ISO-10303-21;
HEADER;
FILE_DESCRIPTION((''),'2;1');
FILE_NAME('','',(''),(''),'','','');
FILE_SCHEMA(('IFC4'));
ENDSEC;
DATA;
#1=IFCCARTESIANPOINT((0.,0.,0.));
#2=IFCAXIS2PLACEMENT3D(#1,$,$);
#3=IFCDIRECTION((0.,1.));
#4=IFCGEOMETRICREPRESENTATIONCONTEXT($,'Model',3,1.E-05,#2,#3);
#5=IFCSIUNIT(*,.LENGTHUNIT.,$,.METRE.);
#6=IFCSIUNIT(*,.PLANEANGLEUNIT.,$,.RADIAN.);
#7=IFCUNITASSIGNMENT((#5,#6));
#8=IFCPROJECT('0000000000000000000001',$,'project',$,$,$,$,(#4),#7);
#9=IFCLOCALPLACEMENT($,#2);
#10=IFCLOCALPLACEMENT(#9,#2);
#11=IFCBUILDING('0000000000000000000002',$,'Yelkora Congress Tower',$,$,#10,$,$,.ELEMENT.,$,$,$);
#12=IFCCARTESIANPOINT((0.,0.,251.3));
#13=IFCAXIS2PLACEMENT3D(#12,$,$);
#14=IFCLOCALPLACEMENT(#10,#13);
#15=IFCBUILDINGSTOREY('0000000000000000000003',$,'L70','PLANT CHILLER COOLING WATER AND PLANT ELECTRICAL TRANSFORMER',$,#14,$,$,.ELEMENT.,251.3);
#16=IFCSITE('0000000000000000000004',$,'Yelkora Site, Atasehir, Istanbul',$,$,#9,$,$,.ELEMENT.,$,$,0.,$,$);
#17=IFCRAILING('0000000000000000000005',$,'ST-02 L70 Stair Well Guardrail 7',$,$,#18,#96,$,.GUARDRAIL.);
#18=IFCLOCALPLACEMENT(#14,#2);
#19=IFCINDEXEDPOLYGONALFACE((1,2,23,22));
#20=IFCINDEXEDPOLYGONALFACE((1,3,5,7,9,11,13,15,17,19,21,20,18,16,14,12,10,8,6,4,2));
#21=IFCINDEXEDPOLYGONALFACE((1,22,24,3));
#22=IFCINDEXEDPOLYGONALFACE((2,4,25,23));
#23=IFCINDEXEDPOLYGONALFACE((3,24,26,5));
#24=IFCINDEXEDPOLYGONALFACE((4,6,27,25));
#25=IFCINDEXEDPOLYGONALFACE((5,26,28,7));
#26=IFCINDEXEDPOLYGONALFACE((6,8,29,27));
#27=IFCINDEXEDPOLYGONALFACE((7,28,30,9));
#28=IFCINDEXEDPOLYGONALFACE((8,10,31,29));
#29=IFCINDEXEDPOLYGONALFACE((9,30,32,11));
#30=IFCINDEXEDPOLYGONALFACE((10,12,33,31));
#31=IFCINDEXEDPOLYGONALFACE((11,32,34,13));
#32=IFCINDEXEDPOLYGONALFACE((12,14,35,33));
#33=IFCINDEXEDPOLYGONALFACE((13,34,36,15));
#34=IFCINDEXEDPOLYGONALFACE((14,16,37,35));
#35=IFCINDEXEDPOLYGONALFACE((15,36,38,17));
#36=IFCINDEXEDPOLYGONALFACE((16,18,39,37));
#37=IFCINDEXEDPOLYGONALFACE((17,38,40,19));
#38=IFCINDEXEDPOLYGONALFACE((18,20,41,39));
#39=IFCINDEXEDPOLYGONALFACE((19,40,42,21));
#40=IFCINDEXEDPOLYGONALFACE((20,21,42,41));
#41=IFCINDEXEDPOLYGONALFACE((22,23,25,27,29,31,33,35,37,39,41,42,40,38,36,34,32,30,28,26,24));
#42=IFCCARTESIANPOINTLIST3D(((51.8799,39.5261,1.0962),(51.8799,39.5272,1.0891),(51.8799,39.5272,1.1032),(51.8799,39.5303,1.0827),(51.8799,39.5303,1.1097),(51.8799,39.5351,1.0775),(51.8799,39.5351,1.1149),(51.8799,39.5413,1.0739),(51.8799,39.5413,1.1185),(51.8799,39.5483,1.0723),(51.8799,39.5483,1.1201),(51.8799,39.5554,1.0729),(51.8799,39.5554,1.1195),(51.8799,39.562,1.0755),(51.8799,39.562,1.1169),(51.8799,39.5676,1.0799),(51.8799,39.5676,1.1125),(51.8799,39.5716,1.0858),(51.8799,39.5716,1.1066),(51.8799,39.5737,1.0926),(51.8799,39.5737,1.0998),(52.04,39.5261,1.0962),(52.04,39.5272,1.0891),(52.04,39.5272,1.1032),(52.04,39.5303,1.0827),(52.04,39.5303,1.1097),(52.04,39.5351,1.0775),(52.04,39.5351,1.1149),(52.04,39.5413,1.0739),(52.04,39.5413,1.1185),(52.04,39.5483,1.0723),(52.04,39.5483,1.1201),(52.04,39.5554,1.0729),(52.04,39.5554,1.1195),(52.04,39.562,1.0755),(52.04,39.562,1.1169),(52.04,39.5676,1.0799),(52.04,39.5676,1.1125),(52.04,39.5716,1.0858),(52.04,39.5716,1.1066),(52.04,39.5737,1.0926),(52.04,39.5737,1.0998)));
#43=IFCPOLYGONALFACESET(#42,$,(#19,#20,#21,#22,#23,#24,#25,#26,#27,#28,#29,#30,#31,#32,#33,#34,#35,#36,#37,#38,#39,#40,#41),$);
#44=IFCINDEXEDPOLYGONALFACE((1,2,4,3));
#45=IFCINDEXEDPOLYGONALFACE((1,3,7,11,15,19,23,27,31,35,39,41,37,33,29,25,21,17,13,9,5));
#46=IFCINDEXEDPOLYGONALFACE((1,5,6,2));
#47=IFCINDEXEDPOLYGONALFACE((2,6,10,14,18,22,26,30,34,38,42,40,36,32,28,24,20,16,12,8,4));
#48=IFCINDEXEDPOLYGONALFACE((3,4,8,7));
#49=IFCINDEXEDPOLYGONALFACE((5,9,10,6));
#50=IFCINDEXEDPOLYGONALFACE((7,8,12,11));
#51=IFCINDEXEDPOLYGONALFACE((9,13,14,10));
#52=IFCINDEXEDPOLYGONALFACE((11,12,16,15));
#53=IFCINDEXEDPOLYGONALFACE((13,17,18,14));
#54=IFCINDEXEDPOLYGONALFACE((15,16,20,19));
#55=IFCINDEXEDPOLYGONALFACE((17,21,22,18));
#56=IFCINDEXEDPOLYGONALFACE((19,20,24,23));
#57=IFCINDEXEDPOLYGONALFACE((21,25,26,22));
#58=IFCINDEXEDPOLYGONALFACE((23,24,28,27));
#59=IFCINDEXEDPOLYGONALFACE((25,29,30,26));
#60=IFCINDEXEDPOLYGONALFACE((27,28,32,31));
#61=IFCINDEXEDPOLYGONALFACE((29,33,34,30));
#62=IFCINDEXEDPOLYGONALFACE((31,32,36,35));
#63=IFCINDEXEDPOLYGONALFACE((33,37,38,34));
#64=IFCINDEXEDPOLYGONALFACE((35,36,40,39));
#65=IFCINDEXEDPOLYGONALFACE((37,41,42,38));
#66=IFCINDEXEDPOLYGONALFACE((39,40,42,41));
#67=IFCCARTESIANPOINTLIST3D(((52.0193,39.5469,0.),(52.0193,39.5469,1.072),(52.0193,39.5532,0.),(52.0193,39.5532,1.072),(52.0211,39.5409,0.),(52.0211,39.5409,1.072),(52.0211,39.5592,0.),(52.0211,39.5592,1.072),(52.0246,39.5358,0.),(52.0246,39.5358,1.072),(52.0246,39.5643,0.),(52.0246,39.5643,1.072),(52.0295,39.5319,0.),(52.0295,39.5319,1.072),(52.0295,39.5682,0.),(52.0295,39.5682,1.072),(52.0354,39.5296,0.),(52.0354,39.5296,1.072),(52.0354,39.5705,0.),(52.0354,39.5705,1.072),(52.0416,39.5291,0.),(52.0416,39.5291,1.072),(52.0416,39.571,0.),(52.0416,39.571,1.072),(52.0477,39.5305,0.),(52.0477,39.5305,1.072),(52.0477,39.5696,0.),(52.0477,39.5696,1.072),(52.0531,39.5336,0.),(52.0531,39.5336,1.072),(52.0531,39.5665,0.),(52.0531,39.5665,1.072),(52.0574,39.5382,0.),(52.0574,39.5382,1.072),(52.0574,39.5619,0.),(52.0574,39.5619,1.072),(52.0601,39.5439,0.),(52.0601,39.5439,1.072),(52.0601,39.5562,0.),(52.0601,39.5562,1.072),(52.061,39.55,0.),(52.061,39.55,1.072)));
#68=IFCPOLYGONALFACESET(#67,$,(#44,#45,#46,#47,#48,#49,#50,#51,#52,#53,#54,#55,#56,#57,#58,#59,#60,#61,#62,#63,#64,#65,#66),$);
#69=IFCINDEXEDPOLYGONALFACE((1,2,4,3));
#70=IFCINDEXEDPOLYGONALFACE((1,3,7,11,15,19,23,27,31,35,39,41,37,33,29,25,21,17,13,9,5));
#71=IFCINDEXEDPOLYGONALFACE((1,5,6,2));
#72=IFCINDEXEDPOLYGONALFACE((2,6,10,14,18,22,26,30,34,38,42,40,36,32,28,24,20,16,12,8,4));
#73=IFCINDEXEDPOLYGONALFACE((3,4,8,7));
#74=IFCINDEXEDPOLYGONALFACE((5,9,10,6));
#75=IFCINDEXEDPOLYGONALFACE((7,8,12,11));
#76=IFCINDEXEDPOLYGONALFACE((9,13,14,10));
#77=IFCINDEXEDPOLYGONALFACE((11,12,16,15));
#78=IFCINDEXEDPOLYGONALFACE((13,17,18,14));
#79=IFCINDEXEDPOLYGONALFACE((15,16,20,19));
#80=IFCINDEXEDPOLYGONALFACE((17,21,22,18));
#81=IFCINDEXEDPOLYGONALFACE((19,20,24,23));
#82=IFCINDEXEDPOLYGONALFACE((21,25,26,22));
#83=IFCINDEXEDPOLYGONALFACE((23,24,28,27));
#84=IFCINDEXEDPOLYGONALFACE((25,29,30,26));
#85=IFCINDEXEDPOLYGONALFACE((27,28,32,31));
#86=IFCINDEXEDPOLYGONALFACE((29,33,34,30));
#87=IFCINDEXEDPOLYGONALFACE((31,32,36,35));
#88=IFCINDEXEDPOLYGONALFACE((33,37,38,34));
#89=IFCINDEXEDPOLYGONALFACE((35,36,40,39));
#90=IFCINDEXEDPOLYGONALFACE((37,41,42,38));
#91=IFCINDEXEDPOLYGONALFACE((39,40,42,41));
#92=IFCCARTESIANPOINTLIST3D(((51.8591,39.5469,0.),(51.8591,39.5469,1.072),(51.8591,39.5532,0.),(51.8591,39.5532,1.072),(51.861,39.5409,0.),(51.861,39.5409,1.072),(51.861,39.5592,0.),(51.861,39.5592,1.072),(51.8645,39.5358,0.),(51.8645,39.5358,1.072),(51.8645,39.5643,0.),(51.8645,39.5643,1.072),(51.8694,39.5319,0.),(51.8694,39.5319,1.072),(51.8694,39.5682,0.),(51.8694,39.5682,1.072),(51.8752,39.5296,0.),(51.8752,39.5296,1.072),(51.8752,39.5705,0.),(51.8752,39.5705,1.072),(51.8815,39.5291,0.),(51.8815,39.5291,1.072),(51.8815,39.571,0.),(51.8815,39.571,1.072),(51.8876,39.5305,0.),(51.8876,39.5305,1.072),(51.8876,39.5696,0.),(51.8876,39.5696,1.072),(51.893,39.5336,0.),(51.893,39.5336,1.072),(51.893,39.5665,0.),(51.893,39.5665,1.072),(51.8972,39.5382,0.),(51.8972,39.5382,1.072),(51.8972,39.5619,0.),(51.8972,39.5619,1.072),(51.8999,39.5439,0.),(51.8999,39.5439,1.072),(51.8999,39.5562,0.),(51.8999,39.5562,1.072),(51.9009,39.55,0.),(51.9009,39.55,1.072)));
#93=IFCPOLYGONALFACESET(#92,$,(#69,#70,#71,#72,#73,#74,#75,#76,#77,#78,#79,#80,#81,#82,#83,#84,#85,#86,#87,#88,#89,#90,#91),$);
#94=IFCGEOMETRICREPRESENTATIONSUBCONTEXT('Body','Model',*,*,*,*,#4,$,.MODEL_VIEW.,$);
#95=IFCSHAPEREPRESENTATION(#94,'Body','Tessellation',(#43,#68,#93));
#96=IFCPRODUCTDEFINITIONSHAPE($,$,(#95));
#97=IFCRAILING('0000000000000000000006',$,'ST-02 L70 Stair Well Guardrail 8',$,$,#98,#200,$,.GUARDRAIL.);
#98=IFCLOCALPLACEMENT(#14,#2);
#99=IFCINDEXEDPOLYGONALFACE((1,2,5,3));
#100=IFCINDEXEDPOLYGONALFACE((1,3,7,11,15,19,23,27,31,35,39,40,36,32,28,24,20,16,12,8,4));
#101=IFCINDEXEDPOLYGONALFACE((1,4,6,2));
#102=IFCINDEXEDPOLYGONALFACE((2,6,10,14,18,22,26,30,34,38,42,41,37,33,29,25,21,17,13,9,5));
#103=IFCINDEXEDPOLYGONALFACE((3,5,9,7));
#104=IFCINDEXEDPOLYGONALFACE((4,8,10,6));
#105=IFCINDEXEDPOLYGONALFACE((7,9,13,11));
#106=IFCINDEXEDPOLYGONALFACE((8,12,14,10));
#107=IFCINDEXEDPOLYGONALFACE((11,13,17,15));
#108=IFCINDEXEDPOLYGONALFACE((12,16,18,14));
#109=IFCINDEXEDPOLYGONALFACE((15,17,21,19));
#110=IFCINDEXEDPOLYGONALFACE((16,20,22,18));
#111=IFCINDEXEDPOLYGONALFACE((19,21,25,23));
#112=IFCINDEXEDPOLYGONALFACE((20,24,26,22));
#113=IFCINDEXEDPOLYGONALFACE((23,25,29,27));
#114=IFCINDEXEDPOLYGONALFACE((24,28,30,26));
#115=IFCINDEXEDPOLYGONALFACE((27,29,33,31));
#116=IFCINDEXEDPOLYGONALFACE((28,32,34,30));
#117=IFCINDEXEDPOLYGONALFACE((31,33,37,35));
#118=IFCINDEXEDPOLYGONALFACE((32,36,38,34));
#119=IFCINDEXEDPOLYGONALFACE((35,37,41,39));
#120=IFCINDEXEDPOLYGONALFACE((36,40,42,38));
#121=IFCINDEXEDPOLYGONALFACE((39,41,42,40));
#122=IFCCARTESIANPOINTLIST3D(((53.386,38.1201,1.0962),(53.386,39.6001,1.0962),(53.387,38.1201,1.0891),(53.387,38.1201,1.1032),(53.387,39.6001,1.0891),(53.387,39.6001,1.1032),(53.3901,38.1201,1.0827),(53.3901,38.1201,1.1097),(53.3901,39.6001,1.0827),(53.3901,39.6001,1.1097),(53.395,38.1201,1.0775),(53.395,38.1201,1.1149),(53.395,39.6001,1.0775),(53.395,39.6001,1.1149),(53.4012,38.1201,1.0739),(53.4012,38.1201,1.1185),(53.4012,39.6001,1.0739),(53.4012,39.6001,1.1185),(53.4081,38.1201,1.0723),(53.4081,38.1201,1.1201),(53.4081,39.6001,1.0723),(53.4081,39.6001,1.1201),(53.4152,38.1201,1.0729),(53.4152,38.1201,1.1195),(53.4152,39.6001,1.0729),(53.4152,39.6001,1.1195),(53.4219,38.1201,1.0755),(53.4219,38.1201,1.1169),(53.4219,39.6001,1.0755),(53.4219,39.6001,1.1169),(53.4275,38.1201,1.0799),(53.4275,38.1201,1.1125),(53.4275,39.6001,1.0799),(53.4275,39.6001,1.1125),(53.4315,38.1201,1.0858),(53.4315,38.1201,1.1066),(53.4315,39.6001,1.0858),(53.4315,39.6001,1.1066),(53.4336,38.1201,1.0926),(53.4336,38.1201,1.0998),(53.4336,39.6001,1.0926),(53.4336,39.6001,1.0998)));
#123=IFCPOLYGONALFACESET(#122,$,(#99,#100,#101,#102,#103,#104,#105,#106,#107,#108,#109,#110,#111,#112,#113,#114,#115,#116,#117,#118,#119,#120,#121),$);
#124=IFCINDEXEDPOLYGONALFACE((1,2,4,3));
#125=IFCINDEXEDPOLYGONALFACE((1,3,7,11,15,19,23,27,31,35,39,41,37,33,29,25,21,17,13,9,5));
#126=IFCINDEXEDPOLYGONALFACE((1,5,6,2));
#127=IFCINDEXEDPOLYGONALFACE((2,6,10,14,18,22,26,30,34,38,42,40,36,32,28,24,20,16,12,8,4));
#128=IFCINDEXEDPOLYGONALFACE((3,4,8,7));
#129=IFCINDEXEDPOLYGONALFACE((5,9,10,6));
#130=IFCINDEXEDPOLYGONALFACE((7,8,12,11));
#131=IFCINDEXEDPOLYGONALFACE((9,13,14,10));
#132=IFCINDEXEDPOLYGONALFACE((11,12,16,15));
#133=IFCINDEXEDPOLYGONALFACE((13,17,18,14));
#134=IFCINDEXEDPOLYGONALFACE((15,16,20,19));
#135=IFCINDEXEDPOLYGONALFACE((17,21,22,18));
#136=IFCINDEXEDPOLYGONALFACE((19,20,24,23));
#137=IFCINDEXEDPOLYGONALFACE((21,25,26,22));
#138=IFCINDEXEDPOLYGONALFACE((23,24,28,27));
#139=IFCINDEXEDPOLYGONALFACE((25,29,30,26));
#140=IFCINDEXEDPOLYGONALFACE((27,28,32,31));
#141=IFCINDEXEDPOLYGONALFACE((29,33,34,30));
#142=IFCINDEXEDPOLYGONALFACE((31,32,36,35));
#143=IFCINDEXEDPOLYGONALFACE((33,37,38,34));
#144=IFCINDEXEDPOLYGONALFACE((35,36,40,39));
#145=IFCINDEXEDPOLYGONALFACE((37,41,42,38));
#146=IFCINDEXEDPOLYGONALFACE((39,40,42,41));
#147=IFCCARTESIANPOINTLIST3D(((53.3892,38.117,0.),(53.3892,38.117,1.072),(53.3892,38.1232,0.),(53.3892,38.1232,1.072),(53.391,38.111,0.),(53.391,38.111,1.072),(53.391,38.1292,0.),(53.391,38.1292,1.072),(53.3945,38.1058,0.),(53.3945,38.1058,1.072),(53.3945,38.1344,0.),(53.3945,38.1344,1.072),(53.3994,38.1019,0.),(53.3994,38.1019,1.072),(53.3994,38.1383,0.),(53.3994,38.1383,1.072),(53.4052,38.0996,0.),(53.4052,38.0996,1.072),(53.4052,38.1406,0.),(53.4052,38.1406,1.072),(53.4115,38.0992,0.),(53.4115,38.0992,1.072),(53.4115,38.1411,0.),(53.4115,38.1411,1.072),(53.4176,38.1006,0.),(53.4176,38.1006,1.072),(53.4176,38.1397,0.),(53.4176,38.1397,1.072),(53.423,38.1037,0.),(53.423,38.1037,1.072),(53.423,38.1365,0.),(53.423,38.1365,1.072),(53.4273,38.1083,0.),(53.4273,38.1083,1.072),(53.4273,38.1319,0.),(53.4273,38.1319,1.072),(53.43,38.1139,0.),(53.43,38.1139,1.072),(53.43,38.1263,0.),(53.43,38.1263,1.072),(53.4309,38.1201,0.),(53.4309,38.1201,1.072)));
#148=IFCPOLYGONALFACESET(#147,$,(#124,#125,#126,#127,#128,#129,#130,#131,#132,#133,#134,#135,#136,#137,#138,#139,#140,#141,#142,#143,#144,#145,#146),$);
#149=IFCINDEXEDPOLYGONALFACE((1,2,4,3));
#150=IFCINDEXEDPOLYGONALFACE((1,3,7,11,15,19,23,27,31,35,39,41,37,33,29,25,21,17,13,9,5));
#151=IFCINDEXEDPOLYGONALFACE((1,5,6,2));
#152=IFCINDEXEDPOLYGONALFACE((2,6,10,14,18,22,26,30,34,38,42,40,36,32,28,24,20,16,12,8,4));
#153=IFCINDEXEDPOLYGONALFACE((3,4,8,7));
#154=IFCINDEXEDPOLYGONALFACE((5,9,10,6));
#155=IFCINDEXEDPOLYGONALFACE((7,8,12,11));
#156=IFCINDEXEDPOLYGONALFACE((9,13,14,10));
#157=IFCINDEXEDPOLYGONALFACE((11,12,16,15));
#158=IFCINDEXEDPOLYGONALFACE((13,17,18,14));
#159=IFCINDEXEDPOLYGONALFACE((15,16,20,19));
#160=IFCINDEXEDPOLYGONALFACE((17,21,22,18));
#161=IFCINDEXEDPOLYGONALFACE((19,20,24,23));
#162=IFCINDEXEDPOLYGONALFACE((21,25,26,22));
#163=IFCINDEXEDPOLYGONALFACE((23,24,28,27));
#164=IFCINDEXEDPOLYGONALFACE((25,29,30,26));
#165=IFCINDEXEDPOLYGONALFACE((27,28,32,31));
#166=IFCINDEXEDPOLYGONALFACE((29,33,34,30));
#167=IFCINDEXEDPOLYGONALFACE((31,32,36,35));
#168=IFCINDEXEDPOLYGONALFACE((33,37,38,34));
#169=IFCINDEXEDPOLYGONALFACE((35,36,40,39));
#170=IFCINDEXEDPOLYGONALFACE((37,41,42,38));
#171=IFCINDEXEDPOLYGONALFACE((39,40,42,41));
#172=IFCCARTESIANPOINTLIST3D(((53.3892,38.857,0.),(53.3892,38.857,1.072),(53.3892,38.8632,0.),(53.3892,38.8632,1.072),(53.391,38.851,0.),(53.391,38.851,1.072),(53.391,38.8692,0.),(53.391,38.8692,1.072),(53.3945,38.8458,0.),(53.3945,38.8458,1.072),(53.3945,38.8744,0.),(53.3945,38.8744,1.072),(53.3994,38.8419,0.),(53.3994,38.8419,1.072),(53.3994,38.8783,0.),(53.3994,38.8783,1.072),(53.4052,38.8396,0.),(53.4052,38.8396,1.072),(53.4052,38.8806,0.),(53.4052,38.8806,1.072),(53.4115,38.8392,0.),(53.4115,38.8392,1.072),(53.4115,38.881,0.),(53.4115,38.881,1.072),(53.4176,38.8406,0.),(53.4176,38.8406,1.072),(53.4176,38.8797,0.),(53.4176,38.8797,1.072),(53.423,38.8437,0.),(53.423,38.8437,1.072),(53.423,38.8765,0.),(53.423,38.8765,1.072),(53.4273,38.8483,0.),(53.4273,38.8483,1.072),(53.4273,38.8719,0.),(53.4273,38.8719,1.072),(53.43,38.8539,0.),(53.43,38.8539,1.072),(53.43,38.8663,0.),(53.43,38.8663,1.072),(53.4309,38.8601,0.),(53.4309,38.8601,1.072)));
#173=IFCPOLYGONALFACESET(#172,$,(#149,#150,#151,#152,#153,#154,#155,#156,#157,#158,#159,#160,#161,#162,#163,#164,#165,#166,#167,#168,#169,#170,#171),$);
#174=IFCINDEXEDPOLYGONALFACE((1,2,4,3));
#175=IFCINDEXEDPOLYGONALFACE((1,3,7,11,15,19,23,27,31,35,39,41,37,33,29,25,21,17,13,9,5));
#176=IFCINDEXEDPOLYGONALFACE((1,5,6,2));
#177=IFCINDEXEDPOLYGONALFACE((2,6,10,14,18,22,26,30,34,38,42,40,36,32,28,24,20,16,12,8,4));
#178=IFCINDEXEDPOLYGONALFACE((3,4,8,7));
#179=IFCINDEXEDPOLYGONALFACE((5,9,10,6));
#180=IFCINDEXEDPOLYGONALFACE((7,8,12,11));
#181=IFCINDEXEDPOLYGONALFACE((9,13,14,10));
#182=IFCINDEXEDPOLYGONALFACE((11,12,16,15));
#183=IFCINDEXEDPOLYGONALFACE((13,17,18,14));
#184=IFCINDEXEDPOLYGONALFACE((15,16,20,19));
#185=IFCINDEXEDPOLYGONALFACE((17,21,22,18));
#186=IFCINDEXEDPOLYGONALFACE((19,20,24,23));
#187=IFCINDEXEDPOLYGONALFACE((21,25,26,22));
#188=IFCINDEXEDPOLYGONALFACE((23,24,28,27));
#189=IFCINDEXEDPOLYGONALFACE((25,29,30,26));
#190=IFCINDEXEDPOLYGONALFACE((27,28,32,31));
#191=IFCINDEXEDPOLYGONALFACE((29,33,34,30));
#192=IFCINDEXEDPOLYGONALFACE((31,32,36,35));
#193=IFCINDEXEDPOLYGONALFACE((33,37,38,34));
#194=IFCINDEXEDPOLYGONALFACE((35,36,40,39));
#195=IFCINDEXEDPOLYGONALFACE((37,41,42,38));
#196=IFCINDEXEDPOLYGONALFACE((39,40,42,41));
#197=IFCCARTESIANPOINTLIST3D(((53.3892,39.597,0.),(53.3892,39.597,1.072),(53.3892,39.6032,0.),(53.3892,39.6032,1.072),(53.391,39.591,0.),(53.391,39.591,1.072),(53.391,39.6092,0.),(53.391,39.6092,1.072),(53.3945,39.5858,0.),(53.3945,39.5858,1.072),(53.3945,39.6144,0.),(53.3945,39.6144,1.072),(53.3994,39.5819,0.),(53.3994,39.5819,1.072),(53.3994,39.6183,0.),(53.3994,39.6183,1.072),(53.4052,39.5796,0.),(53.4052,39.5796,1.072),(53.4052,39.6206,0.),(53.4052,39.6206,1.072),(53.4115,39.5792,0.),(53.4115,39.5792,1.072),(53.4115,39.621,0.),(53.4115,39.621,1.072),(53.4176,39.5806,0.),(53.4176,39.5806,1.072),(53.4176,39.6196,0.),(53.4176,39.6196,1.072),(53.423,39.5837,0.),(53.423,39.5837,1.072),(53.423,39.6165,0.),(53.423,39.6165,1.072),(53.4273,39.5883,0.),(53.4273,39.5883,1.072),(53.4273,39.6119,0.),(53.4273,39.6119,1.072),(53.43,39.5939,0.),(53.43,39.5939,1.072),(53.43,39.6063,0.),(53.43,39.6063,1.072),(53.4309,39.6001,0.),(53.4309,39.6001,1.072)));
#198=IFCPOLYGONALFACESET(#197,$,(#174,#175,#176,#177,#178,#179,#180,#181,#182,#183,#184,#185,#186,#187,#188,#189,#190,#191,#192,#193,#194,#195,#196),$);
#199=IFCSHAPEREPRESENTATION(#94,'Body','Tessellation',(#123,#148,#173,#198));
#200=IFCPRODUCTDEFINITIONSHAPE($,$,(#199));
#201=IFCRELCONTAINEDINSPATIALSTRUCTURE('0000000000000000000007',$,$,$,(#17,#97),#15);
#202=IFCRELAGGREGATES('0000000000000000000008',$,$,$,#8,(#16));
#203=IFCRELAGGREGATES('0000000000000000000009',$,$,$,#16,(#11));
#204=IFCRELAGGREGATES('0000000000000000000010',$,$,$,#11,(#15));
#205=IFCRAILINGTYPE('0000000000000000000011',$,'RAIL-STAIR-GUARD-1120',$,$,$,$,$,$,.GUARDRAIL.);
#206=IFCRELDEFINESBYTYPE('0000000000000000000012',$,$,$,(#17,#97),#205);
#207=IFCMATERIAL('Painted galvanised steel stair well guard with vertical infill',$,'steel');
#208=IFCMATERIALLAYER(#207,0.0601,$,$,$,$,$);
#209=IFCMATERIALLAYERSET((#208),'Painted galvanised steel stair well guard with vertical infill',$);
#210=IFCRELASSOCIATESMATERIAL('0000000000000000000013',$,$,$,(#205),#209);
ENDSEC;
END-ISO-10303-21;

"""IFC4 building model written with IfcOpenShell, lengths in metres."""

from ifc_helpers import new_model, si_unit, direction, frame, origin, origin_2d, place, context, subcontext, project, spatial, circle, extrude, material, layer, layer_set, type_object, element, save


model = new_model("IFC4")

# Units and contexts
model_context = context("Model", 3, precision=1e-05, world=origin(), true_north=direction((0.0, 1.0)))
body_context = subcontext(model_context, "Body", "Model", "MODEL_VIEW")
ifc_project = project(units=[si_unit("LENGTHUNIT", "METRE"), si_unit("PLANEANGLEUNIT", "RADIAN")], contexts=[model_context])

# Site, building, storey
site_placement = place(None, origin())
site = spatial("IfcSite", under=ifc_project, at=site_placement, Name="Yelkora Site, Atasehir, Istanbul", CompositionType="ELEMENT", RefElevation=0.0)
building_placement = place(site_placement, origin())
building = spatial("IfcBuilding", under=site, at=building_placement, Name="Yelkora Congress Tower", CompositionType="ELEMENT")
storey_placement = place(building_placement, frame((0.0, 0.0, 251.3)))
storey = spatial("IfcBuildingStorey", under=building, at=storey_placement, Name="L70", Description="PLANT CHILLER COOLING WATER AND PLANT ELECTRICAL TRANSFORMER", CompositionType="ELEMENT", Elevation=251.3)

# Railings
ifc_material_1 = material(Name="Painted galvanised steel stair well guard with vertical infill", Category="steel")
ifc_layer_1 = layer(ifc_material_1, 0.0601)
ifc_layer_set_1 = layer_set([ifc_layer_1], Name="Painted galvanised steel stair well guard with vertical infill")
railing_type_1 = type_object("IfcRailingType", Name="RAIL-STAIR-GUARD-1120", PredefinedType="GUARDRAIL", material=ifc_layer_set_1)
railing_1_placement = place(storey_placement, frame((52.04, 39.55, 0.0)))
element("IfcRailing", 1, at=railing_1_placement, inside=storey, type_object=railing_type_1, Name="ST-02 L70 Stair Well Guardrail 7", PredefinedType="GUARDRAIL", context=body_context, shape_type="SweptSolid", body=[
    extrude(circle(Radius=0.0239, at=origin_2d()), frame((0.0, 0.0, 1.0962), z_axis=(-1.0, 0.0, 0.0), x_axis=(0.0, -1.0, 0.0)), (0.0, 0.0, 1.0), 0.1602),
    extrude(circle(Radius=0.021, at=origin_2d()), origin(), (0.0, 0.0, 1.0), 1.072),
    extrude(circle(Radius=0.021, at=origin_2d()), frame((-0.1602, 0.0, 0.0)), (0.0, 0.0, 1.0), 1.072),
])
railing_2_placement = place(storey_placement, frame((53.4099, 38.1201, 0.0)))
element("IfcRailing", 2, at=railing_2_placement, inside=storey, type_object=railing_type_1, Name="ST-02 L70 Stair Well Guardrail 8", PredefinedType="GUARDRAIL", context=body_context, shape_type="SweptSolid", body=[
    extrude(circle(Radius=0.0239, at=origin_2d()), frame((0.0, 0.0, 1.0962), z_axis=(0.0, 1.0, 0.0), x_axis=(-1.0, 0.0, 0.0)), (0.0, 0.0, 1.0), 1.48),
    extrude(circle(Radius=0.021, at=origin_2d()), origin(), (0.0, 0.0, 1.0), 1.072),
    extrude(circle(Radius=0.021, at=origin_2d()), frame((0.0, 0.74, 0.0)), (0.0, 0.0, 1.0), 1.072),
    extrude(circle(Radius=0.021, at=origin_2d()), frame((0.0, 1.48, 0.0)), (0.0, 0.0, 1.0), 1.072),
])

save(model, "model.ifc")
